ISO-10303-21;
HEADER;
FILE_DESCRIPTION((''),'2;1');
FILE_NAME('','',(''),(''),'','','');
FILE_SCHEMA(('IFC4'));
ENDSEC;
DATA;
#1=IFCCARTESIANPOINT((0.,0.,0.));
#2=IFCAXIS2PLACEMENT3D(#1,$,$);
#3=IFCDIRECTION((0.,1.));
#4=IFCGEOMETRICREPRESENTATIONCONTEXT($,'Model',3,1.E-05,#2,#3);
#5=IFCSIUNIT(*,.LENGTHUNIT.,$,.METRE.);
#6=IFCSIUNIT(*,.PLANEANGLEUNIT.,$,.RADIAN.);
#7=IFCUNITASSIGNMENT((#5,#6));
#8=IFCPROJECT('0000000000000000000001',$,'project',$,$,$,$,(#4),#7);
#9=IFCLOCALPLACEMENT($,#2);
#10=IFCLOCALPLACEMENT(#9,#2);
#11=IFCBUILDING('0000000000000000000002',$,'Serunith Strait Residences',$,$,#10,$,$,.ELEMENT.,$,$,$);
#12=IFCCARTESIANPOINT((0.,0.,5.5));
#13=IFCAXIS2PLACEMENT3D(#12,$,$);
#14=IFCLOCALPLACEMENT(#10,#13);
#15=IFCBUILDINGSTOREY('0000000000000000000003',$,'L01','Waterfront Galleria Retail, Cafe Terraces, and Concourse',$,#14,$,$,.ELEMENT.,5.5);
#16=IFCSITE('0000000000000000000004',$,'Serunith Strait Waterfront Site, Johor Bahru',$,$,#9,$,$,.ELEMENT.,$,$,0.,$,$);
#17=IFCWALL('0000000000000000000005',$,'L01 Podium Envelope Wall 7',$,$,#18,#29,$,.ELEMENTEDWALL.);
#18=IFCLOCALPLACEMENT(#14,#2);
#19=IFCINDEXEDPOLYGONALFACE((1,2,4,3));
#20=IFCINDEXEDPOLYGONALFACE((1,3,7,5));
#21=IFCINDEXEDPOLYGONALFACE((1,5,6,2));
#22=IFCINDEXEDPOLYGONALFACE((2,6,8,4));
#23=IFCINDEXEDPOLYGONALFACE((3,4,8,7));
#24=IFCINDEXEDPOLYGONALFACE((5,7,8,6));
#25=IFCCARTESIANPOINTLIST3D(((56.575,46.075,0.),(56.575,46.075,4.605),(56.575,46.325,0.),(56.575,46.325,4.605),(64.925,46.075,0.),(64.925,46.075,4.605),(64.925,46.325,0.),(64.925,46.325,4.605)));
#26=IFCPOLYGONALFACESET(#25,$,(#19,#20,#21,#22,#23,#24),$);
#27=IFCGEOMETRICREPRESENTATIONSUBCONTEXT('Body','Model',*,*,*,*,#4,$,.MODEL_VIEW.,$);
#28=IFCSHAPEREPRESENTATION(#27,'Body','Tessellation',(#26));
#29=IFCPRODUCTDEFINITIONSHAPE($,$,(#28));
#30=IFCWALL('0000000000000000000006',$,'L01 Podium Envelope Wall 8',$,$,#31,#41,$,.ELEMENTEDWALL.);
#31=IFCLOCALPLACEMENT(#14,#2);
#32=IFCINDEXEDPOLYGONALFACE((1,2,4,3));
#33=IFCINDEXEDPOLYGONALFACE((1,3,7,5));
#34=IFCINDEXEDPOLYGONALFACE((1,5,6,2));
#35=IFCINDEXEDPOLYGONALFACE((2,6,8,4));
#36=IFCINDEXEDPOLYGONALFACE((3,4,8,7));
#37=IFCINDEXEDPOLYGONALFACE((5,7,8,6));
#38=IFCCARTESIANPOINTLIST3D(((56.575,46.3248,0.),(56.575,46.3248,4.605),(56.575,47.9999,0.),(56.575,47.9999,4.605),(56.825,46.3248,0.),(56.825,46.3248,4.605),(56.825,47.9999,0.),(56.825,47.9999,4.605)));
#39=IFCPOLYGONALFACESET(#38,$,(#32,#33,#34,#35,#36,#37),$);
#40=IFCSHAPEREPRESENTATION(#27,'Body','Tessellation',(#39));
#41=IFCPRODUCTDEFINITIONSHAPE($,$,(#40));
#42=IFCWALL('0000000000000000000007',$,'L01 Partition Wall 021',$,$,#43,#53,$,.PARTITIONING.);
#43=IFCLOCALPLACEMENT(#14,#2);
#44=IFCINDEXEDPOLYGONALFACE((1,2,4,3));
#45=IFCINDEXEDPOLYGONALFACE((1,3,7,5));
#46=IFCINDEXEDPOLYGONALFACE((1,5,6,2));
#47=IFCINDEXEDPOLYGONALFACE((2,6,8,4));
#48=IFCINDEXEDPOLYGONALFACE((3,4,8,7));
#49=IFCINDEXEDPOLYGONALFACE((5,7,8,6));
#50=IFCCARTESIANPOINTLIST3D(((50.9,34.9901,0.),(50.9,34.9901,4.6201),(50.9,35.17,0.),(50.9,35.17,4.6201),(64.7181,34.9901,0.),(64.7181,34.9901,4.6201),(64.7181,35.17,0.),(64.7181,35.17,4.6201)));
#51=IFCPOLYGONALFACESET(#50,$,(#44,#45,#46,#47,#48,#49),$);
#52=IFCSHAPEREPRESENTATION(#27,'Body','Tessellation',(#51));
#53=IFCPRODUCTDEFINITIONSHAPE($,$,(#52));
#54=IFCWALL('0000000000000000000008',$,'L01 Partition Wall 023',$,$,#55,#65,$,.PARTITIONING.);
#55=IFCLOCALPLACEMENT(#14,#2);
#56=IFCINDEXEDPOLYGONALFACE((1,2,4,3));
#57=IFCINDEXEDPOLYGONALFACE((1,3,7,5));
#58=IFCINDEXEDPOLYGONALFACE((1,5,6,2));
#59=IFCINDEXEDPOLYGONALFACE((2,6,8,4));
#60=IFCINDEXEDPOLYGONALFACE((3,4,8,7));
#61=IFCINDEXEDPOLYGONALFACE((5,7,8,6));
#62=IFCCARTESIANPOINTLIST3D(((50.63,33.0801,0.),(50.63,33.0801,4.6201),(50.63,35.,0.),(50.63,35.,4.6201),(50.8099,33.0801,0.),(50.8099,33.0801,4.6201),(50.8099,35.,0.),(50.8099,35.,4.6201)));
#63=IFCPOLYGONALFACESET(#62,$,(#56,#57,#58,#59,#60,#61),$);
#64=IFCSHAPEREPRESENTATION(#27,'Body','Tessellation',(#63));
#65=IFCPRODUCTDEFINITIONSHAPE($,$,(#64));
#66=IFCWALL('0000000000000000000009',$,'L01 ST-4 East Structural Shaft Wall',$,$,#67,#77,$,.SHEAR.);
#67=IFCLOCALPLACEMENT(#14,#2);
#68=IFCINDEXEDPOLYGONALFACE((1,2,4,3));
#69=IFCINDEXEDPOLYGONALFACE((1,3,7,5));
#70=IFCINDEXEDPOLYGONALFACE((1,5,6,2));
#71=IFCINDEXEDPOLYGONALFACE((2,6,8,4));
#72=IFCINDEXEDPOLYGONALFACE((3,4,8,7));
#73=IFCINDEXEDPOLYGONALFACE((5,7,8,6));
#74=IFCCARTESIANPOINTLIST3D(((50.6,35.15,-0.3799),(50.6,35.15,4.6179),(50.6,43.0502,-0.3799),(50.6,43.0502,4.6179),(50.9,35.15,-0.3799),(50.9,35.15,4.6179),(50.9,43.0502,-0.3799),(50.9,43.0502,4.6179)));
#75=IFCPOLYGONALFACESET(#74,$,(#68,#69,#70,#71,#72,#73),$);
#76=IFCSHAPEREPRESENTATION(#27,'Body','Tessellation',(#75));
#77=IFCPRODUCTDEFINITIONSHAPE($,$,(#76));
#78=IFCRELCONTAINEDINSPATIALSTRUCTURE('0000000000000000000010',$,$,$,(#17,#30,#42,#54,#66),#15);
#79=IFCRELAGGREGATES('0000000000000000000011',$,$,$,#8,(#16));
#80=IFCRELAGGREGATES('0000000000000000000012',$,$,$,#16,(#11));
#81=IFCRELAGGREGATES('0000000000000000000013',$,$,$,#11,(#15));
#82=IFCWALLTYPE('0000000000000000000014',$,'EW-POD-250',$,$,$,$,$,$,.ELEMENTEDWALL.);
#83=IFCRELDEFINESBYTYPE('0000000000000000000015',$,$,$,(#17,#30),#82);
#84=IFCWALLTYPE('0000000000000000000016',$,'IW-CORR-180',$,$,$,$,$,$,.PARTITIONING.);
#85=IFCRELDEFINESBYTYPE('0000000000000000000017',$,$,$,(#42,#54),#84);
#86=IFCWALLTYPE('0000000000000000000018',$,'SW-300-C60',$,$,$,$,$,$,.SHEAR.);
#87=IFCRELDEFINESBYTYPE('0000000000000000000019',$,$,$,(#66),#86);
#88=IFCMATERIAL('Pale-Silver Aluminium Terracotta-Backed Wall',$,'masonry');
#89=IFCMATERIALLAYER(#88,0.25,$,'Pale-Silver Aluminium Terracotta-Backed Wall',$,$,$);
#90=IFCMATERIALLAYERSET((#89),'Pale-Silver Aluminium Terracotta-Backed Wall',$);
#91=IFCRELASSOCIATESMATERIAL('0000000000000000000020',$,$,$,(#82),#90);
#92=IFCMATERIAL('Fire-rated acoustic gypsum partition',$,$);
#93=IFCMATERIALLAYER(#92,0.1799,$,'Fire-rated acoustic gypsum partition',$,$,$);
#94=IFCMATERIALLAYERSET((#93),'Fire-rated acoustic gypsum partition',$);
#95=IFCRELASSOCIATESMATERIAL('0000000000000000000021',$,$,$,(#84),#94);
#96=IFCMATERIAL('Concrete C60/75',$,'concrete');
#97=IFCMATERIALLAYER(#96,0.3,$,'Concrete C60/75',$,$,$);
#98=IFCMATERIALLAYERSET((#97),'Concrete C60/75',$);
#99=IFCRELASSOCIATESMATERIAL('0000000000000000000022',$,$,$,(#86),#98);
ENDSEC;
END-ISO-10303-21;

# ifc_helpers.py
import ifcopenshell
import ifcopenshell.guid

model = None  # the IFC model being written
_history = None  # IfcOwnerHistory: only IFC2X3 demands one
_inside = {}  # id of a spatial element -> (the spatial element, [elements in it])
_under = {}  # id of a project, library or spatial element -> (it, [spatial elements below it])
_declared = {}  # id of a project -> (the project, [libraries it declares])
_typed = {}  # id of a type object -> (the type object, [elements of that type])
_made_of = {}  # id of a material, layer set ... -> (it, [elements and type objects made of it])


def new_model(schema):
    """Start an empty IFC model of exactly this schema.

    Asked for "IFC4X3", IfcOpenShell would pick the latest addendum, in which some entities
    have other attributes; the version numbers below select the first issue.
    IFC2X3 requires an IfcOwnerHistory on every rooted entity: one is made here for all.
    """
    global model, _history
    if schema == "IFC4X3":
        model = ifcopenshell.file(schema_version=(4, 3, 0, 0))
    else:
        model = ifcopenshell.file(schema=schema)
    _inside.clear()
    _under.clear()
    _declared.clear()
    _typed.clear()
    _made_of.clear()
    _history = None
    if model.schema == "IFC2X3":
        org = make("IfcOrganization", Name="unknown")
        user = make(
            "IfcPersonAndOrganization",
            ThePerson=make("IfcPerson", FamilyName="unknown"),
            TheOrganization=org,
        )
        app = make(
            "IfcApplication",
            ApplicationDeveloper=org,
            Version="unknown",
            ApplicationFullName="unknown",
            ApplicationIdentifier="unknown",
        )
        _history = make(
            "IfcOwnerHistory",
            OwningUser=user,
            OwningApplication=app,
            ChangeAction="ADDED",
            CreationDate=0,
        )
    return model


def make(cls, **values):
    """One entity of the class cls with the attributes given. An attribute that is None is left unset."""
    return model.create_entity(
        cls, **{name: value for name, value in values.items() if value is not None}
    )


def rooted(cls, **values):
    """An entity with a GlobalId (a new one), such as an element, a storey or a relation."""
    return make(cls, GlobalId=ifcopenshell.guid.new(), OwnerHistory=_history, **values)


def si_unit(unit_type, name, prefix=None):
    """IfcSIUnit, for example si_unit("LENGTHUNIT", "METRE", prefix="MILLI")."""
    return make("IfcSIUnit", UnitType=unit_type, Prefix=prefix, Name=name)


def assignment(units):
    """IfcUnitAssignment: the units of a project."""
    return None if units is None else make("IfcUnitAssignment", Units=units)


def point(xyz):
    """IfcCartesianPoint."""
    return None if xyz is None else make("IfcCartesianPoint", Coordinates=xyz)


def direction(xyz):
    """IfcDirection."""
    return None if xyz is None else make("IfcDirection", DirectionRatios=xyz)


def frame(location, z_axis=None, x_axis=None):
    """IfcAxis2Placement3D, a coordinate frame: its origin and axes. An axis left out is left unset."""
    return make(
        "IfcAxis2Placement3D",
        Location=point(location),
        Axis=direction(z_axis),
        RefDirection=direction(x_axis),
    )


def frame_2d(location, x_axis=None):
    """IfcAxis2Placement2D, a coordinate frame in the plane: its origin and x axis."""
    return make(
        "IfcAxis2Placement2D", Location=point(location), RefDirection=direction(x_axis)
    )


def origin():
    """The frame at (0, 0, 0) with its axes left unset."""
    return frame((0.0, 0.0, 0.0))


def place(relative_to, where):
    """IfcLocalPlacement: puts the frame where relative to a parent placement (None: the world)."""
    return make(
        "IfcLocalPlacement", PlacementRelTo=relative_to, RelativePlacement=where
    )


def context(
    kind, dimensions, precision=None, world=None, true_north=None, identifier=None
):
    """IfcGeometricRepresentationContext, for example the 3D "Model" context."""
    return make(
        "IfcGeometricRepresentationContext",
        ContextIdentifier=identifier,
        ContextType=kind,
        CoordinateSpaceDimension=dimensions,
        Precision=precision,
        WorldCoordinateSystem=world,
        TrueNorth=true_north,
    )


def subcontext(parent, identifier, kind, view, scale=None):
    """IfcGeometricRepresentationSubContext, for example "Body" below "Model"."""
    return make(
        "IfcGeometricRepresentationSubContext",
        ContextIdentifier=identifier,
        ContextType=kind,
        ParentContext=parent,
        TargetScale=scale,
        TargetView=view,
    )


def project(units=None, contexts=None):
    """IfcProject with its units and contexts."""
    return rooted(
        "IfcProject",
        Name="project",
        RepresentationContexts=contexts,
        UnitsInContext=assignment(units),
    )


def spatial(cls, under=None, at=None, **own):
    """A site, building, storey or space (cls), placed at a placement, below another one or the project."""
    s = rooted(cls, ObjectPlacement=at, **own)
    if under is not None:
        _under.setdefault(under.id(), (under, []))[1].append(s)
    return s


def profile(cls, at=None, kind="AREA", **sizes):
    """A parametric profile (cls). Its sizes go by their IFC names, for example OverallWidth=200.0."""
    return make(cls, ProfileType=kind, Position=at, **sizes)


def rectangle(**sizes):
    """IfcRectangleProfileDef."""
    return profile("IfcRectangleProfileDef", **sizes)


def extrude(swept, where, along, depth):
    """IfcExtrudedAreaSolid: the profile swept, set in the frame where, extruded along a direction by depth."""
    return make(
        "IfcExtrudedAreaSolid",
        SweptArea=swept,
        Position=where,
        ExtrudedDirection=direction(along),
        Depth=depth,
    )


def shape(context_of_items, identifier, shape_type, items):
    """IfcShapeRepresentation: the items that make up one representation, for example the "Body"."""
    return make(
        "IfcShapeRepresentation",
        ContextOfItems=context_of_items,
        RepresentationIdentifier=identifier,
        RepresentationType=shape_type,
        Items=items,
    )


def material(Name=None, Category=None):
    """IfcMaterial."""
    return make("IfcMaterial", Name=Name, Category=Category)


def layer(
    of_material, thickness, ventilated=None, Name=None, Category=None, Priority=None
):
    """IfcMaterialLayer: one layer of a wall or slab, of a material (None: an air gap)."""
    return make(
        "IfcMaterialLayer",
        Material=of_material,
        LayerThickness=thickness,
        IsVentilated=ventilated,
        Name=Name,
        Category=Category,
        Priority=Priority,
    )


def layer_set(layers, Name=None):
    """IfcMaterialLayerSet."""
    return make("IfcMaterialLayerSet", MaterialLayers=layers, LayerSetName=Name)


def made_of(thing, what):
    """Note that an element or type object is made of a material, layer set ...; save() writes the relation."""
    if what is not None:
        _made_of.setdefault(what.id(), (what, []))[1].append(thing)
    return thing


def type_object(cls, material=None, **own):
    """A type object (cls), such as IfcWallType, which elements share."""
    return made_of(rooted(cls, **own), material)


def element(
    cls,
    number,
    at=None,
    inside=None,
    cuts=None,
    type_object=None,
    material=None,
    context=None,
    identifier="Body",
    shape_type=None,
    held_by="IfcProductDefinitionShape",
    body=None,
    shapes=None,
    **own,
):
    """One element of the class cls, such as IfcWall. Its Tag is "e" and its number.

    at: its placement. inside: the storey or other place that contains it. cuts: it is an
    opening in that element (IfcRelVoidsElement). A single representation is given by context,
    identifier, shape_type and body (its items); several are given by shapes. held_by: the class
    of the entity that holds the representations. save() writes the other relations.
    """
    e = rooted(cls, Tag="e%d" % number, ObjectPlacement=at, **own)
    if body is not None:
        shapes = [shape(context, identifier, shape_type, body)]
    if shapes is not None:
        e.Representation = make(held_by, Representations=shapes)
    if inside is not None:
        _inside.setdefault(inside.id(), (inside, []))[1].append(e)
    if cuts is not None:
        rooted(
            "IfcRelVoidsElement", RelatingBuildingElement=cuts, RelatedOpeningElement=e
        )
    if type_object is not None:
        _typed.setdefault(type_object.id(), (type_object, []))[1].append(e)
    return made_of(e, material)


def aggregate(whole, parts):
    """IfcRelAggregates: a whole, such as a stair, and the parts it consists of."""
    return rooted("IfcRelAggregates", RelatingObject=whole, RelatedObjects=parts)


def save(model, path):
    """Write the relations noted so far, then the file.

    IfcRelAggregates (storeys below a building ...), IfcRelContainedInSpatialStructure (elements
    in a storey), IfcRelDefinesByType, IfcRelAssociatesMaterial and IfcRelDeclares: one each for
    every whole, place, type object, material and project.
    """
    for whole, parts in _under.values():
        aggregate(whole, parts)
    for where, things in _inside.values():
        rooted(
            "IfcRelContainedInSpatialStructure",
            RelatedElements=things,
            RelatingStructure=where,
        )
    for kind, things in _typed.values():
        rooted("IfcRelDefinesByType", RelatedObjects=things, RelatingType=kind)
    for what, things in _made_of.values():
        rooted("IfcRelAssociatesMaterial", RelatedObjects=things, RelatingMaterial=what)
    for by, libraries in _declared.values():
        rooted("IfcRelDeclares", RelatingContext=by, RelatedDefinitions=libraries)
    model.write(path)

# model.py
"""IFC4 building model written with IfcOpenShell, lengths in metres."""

from ifc_helpers import new_model, si_unit, direction, frame, frame_2d, origin, place, context, subcontext, project, spatial, rectangle, extrude, material, layer, layer_set, type_object, element, save


model = new_model("IFC4")

# Units and contexts
model_context = context("Model", 3, precision=1e-05, world=origin(), true_north=direction((0.0, 1.0)))
body_context = subcontext(model_context, "Body", "Model", "MODEL_VIEW")
ifc_project = project(units=[si_unit("LENGTHUNIT", "METRE"), si_unit("PLANEANGLEUNIT", "RADIAN")], contexts=[model_context])

# Site, building, storey
site_placement = place(None, origin())
site = spatial("IfcSite", under=ifc_project, at=site_placement, Name="Serunith Strait Waterfront Site, Johor Bahru", CompositionType="ELEMENT", RefElevation=0.0)
building_placement = place(site_placement, origin())
building = spatial("IfcBuilding", under=site, at=building_placement, Name="Serunith Strait Residences", CompositionType="ELEMENT")
storey_placement = place(building_placement, frame((0.0, 0.0, 5.5)))
storey = spatial("IfcBuildingStorey", under=building, at=storey_placement, Name="L01", Description="Waterfront Galleria Retail, Cafe Terraces, and Concourse", CompositionType="ELEMENT", Elevation=5.5)

# Shared definitions
ifc_material_1 = material(Name="Concrete C60/75", Category="concrete")

# Walls
ifc_material_2 = material(Name="Pale-Silver Aluminium Terracotta-Backed Wall", Category="masonry")
ifc_layer_1 = layer(ifc_material_2, 0.25, Name="Pale-Silver Aluminium Terracotta-Backed Wall")
ifc_layer_set_1 = layer_set([ifc_layer_1], Name="Pale-Silver Aluminium Terracotta-Backed Wall")
wall_type_1 = type_object("IfcWallType", Name="EW-POD-250", PredefinedType="ELEMENTEDWALL", material=ifc_layer_set_1)
wall_1_placement = place(storey_placement, frame((64.925, 46.2, 0.0), z_axis=(0.0, 0.0, 1.0), x_axis=(-1.0, 0.0, 0.0)))
element("IfcWall", 1, at=wall_1_placement, inside=storey, type_object=wall_type_1, Name="L01 Podium Envelope Wall 7", PredefinedType="ELEMENTEDWALL", context=body_context, shape_type="SweptSolid", body=[
    extrude(rectangle(XDim=8.3501, YDim=0.25, at=frame_2d((4.175, 0.0))), origin(), (0.0, 0.0, 1.0), 4.605),
])
wall_2_placement = place(storey_placement, frame((56.7, 46.325, 0.0), z_axis=(0.0, 0.0, 1.0), x_axis=(0.0, 1.0, 0.0)))
element("IfcWall", 2, at=wall_2_placement, inside=storey, type_object=wall_type_1, Name="L01 Podium Envelope Wall 8", PredefinedType="ELEMENTEDWALL", context=body_context, shape_type="SweptSolid", body=[
    extrude(rectangle(XDim=1.675, YDim=0.25, at=frame_2d((0.8374, 0.0))), origin(), (0.0, 0.0, 1.0), 4.605),
])
ifc_material_3 = material(Name="Fire-rated acoustic gypsum partition")
ifc_layer_2 = layer(ifc_material_3, 0.1799, Name="Fire-rated acoustic gypsum partition")
ifc_layer_set_2 = layer_set([ifc_layer_2], Name="Fire-rated acoustic gypsum partition")
wall_type_2 = type_object("IfcWallType", Name="IW-CORR-180", PredefinedType="PARTITIONING", material=ifc_layer_set_2)
wall_3_placement = place(storey_placement, frame((50.8999, 35.0801, 0.0), z_axis=(0.0, 0.0, 1.0), x_axis=(1.0, 0.0, 0.0)))
element("IfcWall", 3, at=wall_3_placement, inside=storey, type_object=wall_type_2, Name="L01 Partition Wall 021", PredefinedType="PARTITIONING", context=body_context, shape_type="SweptSolid", body=[
    extrude(rectangle(XDim=13.8181, YDim=0.1799, at=frame_2d((6.9092, 0.0))), origin(), (0.0, 0.0, 1.0), 4.6201),
])
wall_4_placement = place(storey_placement, frame((50.72, 33.0801, 0.0), z_axis=(0.0, 0.0, 1.0), x_axis=(0.0, 1.0, 0.0)))
element("IfcWall", 4, at=wall_4_placement, inside=storey, type_object=wall_type_2, Name="L01 Partition Wall 023", PredefinedType="PARTITIONING", context=body_context, shape_type="SweptSolid", body=[
    extrude(rectangle(XDim=1.9199, YDim=0.1799, at=frame_2d((0.96, 0.0))), origin(), (0.0, 0.0, 1.0), 4.6201),
])
ifc_layer_3 = layer(ifc_material_1, 0.3, Name="Concrete C60/75")
ifc_layer_set_3 = layer_set([ifc_layer_3], Name="Concrete C60/75")
wall_type_3 = type_object("IfcWallType", Name="SW-300-C60", PredefinedType="SHEAR", material=ifc_layer_set_3)
wall_5_placement = place(storey_placement, frame((50.75, 35.1499, -0.3799), z_axis=(0.0, 0.0, 1.0), x_axis=(0.0, 1.0, 0.0)))
element("IfcWall", 5, at=wall_5_placement, inside=storey, type_object=wall_type_3, Name="L01 ST-4 East Structural Shaft Wall", PredefinedType="SHEAR", context=body_context, shape_type="SweptSolid", body=[
    extrude(rectangle(XDim=7.9001, YDim=0.3, at=frame_2d((3.9502, 0.0))), origin(), (0.0, 0.0, 1.0), 4.9978),
])

save(model, "model.ifc")
